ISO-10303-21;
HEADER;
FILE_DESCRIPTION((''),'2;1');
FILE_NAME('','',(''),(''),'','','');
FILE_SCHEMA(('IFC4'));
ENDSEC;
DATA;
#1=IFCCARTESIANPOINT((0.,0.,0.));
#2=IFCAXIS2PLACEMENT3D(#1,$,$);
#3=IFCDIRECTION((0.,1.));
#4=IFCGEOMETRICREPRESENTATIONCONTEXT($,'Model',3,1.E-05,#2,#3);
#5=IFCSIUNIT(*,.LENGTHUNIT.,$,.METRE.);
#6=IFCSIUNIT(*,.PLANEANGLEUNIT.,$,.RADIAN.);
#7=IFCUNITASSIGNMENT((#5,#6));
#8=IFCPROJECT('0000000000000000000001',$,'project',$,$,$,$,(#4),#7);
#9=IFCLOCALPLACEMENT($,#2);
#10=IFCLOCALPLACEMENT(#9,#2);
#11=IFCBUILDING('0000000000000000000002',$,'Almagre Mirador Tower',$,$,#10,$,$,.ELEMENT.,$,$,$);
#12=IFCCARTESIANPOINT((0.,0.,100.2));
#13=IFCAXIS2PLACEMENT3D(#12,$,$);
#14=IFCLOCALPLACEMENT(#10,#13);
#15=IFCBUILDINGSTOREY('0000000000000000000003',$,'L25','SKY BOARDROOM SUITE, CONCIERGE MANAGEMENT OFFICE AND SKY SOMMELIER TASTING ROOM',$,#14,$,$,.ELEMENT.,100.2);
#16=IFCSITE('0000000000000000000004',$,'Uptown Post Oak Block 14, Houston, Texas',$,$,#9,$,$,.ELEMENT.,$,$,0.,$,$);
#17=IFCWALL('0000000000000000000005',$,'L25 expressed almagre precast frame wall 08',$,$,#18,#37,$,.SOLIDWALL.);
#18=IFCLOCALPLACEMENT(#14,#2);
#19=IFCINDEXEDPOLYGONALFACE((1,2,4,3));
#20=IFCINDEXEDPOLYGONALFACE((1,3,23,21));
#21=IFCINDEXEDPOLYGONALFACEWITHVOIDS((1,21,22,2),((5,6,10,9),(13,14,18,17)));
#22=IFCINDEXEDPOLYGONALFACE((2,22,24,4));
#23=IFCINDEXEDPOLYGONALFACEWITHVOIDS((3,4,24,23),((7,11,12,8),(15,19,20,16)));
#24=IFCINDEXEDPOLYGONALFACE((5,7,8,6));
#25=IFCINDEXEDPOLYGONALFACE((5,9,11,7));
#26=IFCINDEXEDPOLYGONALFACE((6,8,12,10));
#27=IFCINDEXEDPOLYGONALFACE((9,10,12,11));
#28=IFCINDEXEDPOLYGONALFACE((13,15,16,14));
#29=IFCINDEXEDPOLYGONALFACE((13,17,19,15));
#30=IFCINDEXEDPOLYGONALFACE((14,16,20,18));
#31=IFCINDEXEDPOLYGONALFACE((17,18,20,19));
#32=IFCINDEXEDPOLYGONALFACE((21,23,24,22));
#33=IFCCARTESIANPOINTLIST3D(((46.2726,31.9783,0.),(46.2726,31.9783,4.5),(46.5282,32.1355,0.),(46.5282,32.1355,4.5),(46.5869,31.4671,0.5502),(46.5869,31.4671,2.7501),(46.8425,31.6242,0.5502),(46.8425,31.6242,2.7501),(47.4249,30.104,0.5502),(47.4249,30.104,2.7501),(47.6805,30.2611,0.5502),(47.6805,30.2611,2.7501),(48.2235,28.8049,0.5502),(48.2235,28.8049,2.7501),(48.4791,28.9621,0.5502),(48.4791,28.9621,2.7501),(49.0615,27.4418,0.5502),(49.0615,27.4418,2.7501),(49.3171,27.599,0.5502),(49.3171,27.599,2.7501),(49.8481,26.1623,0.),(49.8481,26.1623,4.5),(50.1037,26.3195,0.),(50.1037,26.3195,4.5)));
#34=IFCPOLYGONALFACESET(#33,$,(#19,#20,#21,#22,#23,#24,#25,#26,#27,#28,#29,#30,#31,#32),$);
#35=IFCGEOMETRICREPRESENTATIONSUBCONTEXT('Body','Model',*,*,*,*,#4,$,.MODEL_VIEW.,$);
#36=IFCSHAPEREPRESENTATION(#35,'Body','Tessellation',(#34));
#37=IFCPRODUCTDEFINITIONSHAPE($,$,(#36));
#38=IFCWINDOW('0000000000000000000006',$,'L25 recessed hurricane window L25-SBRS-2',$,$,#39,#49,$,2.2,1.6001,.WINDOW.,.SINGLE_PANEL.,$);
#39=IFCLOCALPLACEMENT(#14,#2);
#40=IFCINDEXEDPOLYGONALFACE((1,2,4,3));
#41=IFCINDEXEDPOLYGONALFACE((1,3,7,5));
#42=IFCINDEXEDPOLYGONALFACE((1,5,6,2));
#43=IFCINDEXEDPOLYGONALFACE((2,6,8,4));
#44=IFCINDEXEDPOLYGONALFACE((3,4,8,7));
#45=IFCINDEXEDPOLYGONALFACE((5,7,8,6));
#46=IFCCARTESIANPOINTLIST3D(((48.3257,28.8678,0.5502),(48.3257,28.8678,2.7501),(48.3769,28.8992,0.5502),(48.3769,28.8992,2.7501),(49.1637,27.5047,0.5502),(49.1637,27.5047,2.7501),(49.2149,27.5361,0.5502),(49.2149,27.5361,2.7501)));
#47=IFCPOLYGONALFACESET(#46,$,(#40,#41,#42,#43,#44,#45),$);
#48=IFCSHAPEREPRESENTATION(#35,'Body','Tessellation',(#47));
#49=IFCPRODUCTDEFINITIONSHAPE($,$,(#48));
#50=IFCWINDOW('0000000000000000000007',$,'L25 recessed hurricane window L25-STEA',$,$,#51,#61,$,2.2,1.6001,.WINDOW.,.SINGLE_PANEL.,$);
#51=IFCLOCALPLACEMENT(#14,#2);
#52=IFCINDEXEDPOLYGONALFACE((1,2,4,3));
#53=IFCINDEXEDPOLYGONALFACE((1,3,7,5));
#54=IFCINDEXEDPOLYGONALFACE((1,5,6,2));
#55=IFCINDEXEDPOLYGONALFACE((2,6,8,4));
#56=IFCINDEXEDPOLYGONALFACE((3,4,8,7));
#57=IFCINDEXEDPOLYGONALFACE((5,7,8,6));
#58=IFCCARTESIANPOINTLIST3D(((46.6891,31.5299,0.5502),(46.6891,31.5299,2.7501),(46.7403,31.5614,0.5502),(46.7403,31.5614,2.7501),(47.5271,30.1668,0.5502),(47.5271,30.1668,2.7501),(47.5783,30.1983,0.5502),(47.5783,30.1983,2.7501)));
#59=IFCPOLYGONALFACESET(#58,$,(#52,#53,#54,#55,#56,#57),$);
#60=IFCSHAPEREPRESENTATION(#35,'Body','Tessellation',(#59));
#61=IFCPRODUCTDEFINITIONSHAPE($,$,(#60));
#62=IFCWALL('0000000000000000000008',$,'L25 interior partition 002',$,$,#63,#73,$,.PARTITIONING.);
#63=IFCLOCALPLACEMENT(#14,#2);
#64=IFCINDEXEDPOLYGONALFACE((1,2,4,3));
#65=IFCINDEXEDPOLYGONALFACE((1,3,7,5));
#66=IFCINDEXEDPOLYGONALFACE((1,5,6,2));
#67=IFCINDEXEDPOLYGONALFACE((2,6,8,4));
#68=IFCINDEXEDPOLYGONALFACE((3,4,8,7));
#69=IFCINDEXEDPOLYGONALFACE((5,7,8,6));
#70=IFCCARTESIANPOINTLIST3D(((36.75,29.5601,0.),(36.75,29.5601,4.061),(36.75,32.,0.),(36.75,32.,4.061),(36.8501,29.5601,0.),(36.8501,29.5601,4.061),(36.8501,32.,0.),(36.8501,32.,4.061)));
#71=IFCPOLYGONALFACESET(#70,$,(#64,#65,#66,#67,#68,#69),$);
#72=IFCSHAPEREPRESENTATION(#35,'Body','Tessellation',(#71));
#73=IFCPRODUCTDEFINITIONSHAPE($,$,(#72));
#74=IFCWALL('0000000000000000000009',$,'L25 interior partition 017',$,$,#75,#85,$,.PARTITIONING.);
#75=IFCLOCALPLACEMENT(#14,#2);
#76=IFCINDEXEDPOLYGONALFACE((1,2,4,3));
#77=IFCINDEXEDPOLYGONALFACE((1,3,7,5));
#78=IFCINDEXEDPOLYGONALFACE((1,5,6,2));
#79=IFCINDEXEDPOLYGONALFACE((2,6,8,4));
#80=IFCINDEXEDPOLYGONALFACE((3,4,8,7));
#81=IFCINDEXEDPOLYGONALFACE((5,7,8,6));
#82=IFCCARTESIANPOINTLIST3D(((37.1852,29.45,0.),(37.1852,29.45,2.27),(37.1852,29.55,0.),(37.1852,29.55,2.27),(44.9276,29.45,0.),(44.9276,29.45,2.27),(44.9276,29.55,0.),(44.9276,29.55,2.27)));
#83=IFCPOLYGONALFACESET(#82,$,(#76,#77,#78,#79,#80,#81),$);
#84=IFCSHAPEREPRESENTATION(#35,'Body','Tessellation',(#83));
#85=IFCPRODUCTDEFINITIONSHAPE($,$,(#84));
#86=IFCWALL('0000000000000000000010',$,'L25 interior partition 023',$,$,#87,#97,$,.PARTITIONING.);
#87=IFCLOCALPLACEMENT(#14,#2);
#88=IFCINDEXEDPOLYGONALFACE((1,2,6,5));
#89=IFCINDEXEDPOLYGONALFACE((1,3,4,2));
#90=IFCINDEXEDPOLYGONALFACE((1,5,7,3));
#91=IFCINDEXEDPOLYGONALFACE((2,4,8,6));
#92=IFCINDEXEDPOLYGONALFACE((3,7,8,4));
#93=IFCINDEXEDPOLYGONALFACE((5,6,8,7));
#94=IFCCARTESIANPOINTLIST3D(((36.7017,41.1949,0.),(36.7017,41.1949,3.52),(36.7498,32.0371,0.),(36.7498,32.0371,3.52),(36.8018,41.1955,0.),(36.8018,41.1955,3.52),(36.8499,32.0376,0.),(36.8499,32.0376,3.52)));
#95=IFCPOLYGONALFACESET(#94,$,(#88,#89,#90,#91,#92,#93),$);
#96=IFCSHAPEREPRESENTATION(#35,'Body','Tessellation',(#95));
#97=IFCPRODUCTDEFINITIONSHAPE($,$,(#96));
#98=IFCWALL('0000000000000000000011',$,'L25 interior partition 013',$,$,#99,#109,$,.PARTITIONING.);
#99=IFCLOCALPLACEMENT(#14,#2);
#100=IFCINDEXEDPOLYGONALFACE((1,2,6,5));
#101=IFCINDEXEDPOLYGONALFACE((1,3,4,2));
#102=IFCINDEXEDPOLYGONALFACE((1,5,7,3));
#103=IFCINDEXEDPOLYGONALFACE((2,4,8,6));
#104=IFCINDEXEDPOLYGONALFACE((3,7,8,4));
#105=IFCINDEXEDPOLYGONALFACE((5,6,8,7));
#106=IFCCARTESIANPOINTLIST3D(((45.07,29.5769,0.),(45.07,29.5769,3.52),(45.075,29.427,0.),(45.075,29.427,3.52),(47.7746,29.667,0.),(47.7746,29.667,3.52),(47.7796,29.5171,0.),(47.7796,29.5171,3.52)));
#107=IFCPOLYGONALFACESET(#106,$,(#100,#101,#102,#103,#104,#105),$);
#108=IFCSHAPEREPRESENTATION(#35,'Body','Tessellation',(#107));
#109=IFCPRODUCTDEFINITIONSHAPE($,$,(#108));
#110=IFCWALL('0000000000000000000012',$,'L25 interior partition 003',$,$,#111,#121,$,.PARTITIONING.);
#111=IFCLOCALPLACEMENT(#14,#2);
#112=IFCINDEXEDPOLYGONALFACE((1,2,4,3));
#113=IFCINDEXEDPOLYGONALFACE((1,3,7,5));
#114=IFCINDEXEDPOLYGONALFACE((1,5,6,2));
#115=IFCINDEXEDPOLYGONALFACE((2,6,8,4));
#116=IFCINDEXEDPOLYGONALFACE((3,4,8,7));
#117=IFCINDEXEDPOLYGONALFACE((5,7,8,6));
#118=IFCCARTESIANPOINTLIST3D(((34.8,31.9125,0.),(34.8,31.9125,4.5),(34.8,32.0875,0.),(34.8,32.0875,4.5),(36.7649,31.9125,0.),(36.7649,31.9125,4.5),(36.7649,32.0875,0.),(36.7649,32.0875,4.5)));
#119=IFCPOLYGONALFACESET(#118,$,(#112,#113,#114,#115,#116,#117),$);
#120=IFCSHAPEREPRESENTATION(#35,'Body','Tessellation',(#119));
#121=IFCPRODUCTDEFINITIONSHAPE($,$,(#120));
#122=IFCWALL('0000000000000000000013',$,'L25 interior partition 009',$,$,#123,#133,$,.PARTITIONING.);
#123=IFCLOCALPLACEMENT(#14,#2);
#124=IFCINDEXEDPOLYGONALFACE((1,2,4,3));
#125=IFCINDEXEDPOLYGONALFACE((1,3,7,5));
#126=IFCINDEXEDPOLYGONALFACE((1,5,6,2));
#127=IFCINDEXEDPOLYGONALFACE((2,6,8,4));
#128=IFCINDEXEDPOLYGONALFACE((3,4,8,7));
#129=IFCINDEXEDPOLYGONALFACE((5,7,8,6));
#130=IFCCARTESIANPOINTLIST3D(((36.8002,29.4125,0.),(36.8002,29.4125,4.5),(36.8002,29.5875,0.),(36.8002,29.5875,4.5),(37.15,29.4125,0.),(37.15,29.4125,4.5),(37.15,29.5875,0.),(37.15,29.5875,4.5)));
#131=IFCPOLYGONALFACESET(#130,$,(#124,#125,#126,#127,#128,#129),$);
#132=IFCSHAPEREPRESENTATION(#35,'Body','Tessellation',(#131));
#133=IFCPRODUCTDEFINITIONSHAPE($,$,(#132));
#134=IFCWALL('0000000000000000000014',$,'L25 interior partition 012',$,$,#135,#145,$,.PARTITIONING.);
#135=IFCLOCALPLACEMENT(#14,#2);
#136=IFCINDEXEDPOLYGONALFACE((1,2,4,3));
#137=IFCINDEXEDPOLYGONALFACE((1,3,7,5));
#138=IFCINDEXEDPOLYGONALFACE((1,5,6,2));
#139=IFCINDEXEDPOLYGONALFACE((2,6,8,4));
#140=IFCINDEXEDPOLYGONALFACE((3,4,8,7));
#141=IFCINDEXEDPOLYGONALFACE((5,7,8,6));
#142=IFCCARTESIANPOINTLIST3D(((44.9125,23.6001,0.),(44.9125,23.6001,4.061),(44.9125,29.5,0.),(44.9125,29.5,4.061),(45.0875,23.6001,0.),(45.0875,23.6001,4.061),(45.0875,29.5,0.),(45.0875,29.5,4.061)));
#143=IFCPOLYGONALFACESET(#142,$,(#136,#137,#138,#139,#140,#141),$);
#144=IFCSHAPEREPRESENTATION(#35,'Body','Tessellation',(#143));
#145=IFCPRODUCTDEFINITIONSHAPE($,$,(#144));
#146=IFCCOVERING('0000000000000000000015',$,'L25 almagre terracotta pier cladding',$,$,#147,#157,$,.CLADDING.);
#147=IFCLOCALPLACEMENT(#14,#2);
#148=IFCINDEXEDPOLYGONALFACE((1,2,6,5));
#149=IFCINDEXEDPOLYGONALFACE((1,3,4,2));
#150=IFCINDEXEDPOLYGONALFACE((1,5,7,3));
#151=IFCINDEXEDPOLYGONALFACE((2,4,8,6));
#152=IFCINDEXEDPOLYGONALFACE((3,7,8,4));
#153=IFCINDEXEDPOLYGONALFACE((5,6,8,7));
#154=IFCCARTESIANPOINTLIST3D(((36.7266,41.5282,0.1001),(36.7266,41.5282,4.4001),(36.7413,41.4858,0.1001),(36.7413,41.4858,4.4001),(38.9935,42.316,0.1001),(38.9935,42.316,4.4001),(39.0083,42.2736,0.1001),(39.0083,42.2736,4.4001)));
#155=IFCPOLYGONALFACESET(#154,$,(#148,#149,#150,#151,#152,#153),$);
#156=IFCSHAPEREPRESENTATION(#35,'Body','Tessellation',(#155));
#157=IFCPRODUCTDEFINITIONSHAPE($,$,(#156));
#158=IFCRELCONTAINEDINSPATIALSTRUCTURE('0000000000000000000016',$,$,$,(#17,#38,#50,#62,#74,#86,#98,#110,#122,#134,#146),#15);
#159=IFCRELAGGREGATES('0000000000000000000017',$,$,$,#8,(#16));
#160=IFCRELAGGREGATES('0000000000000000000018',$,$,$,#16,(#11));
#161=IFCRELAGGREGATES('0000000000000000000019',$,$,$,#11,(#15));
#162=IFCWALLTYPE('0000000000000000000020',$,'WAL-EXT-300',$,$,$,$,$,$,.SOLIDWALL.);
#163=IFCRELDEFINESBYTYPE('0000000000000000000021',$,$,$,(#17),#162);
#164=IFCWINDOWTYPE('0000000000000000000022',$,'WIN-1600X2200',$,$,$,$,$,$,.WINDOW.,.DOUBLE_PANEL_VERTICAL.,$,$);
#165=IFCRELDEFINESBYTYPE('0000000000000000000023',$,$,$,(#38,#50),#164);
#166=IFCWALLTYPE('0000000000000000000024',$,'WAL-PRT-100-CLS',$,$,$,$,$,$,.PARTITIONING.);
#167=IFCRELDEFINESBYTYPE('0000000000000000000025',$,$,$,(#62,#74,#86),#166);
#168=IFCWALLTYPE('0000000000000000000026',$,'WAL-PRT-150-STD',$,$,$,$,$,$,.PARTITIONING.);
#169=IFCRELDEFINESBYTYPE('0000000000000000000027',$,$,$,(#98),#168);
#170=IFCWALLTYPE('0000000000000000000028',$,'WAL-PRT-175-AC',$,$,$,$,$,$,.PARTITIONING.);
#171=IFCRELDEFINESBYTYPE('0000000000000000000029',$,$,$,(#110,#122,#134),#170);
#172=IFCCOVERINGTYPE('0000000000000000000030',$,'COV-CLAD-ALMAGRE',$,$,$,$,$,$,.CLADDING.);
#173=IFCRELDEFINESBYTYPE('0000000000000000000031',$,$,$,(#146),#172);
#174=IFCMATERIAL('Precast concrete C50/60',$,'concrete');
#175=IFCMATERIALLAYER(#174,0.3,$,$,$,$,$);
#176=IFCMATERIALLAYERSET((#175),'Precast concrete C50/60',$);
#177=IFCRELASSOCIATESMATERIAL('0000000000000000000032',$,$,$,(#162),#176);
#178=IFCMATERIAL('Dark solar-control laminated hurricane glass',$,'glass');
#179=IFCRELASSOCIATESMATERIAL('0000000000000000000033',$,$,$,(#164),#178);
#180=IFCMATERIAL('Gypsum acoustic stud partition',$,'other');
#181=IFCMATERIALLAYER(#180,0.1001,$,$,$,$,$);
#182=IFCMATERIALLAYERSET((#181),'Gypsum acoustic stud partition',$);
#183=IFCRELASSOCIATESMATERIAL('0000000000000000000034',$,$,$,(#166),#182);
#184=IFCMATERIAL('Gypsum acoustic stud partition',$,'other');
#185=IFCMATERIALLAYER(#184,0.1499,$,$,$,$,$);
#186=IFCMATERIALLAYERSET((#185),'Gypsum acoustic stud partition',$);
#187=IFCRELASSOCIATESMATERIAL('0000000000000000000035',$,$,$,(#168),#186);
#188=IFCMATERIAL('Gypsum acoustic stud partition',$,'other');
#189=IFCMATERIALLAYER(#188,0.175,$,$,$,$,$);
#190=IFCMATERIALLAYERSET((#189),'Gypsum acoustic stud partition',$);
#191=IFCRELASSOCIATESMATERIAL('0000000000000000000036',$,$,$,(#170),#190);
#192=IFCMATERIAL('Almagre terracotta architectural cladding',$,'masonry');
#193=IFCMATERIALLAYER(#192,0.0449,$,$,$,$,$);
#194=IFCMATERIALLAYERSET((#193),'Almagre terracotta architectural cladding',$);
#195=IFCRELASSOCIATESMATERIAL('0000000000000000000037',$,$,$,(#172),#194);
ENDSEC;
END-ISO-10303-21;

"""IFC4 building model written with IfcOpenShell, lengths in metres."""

from ifc_helpers import new_model, si_unit, direction, frame, frame_2d, origin, origin_2d, place, context, subcontext, project, spatial, rectangle, extrude, material, layer, layer_set, type_object, element, fill, save


model = new_model("IFC4")

# Units and contexts
model_context = context("Model", 3, precision=1e-05, world=origin(), true_north=direction((0.0, 1.0)))
body_context = subcontext(model_context, "Body", "Model", "MODEL_VIEW")
ifc_project = project(units=[si_unit("LENGTHUNIT", "METRE"), si_unit("PLANEANGLEUNIT", "RADIAN")], contexts=[model_context])

# Site, building, storey
site_placement = place(None, origin())
site = spatial("IfcSite", under=ifc_project, at=site_placement, Name="Uptown Post Oak Block 14, Houston, Texas", CompositionType="ELEMENT", RefElevation=0.0)
building_placement = place(site_placement, origin())
building = spatial("IfcBuilding", under=site, at=building_placement, Name="Almagre Mirador Tower", CompositionType="ELEMENT")
storey_placement = place(building_placement, frame((0.0, 0.0, 100.2)))
storey = spatial("IfcBuildingStorey", under=building, at=storey_placement, Name="L25", Description="SKY BOARDROOM SUITE, CONCIERGE MANAGEMENT OFFICE AND SKY SOMMELIER TASTING ROOM", CompositionType="ELEMENT", Elevation=100.2)

# Shared definitions
ifc_material_1 = material(Name="Precast concrete C50/60", Category="concrete")
ifc_layer_1 = layer(ifc_material_1, 0.3)
ifc_layer_set_1 = layer_set([ifc_layer_1], Name="Precast concrete C50/60")
wall_type_1 = type_object("IfcWallType", Name="WAL-EXT-300", PredefinedType="SOLIDWALL", material=ifc_layer_set_1)

# Wall, openings, windows
wall_1_placement = place(storey_placement, frame((46.4004, 32.0569, 0.0), z_axis=(0.0, 0.0, 1.0), x_axis=(0.523716, -0.851893, 0.0)))
wall_1 = element("IfcWall", 1, at=wall_1_placement, inside=storey, type_object=wall_type_1, Name="L25 expressed almagre precast frame wall 08", PredefinedType="SOLIDWALL", context=body_context, shape_type="SweptSolid", body=[
    extrude(rectangle(XDim=6.8271, YDim=0.3, at=frame_2d((3.4136, 0.0))), origin(), (0.0, 0.0, 1.0), 4.5),
])
opening_1_placement = place(wall_1_placement, frame((3.7251, 0.0, 0.55)))
opening_1 = element("IfcOpeningElement", 2, at=opening_1_placement, cuts=wall_1, PredefinedType="OPENING", context=body_context, shape_type="SweptSolid", body=[
    extrude(rectangle(XDim=1.6001, YDim=2.2, at=frame_2d((0.8, 1.1001))), frame((0.0, 0.1599, 0.0), z_axis=(0.0, -1.0, 0.0), x_axis=(1.0, 0.0, 0.0)), (0.0, 0.0, 1.0), 0.32),
])
opening_2_placement = place(wall_1_placement, frame((0.6001, 0.0, 0.55)))
opening_2 = element("IfcOpeningElement", 3, at=opening_2_placement, cuts=wall_1, PredefinedType="OPENING", context=body_context, shape_type="SweptSolid", body=[
    extrude(rectangle(XDim=1.6001, YDim=2.2, at=frame_2d((0.8, 1.1001))), frame((0.0, 0.1599, 0.0), z_axis=(0.0, -1.0, 0.0), x_axis=(1.0, 0.0, 0.0)), (0.0, 0.0, 1.0), 0.32),
])
ifc_material_2 = material(Name="Dark solar-control laminated hurricane glass", Category="glass")
window_type = type_object("IfcWindowType", Name="WIN-1600X2200", PartitioningType="DOUBLE_PANEL_VERTICAL", PredefinedType="WINDOW", material=ifc_material_2)
window_1_placement = place(opening_1_placement, origin())
window_1 = element("IfcWindow", 4, at=window_1_placement, inside=storey, type_object=window_type, Name="L25 recessed hurricane window L25-SBRS-2", OverallHeight=2.2, OverallWidth=1.6001, PartitioningType="SINGLE_PANEL", PredefinedType="WINDOW", context=body_context, shape_type="SweptSolid", body=[
    extrude(rectangle(XDim=1.6001, YDim=2.2, at=frame_2d((0.8, 1.1001))), frame((0.0, 0.03, 0.0), z_axis=(0.0, -1.0, 0.0), x_axis=(1.0, 0.0, 0.0)), (0.0, 0.0, 1.0), 0.0601),
])
fill(opening_1, window_1)
window_2_placement = place(opening_2_placement, origin())
window_2 = element("IfcWindow", 5, at=window_2_placement, inside=storey, type_object=window_type, Name="L25 recessed hurricane window L25-STEA", OverallHeight=2.2, OverallWidth=1.6001, PartitioningType="SINGLE_PANEL", PredefinedType="WINDOW", context=body_context, shape_type="SweptSolid", body=[
    extrude(rectangle(XDim=1.6001, YDim=2.2, at=frame_2d((0.8, 1.1001))), frame((0.0, 0.03, 0.0), z_axis=(0.0, -1.0, 0.0), x_axis=(1.0, 0.0, 0.0)), (0.0, 0.0, 1.0), 0.0601),
])
fill(opening_2, window_2)

# Walls
ifc_material_3 = material(Name="Gypsum acoustic stud partition", Category="other")
ifc_layer_2 = layer(ifc_material_3, 0.1001)
ifc_layer_set_2 = layer_set([ifc_layer_2], Name="Gypsum acoustic stud partition")
wall_type_2 = type_object("IfcWallType", Name="WAL-PRT-100-CLS", PredefinedType="PARTITIONING", material=ifc_layer_set_2)
wall_2_placement = place(storey_placement, frame((36.8, 29.5601, 0.0), z_axis=(0.0, 0.0, 1.0), x_axis=(0.0, 1.0, 0.0)))
element("IfcWall", 6, at=wall_2_placement, inside=storey, type_object=wall_type_2, Name="L25 interior partition 002", PredefinedType="PARTITIONING", context=body_context, shape_type="SweptSolid", body=[
    extrude(rectangle(XDim=2.4399, YDim=0.1001, at=frame_2d((1.22, 0.0))), origin(), (0.0, 0.0, 1.0), 4.061),
])
wall_3_placement = place(storey_placement, frame((44.9275, 29.5, 0.0), z_axis=(0.0, 0.0, 1.0), x_axis=(-1.0, 0.0, 0.0)))
element("IfcWall", 7, at=wall_3_placement, inside=storey, type_object=wall_type_2, Name="L25 interior partition 017", PredefinedType="PARTITIONING", context=body_context, shape_type="SweptSolid", body=[
    extrude(rectangle(XDim=7.7424, YDim=0.1001, at=frame_2d((3.8711, 0.0))), origin(), (0.0, 0.0, 1.0), 2.27),
])
wall_4_placement = place(storey_placement, frame((36.7517, 41.1953, 0.0), z_axis=(0.0, 0.0, 1.0), x_axis=(0.005252, -0.999986, 0.0)))
element("IfcWall", 8, at=wall_4_placement, inside=storey, type_object=wall_type_2, Name="L25 interior partition 023", PredefinedType="PARTITIONING", context=body_context, shape_type="SweptSolid", body=[
    extrude(rectangle(XDim=9.158, YDim=0.1001, at=frame_2d((4.5791, 0.0))), origin(), (0.0, 0.0, 1.0), 3.52),
])
ifc_material_4 = material(Name="Gypsum acoustic stud partition", Category="other")
ifc_layer_3 = layer(ifc_material_4, 0.1499)
ifc_layer_set_3 = layer_set([ifc_layer_3], Name="Gypsum acoustic stud partition")
wall_type_3 = type_object("IfcWallType", Name="WAL-PRT-150-STD", PredefinedType="PARTITIONING", material=ifc_layer_set_3)
wall_5_placement = place(storey_placement, frame((47.7771, 29.592, 0.0), z_axis=(0.0, 0.0, 1.0), x_axis=(-0.999446, -0.033291, 0.0)))
element("IfcWall", 9, at=wall_5_placement, inside=storey, type_object=wall_type_3, Name="L25 interior partition 013", PredefinedType="PARTITIONING", context=body_context, shape_type="SweptSolid", body=[
    extrude(rectangle(XDim=2.7061, YDim=0.1499, at=frame_2d((1.353, 0.0))), origin(), (0.0, 0.0, 1.0), 3.52),
])
ifc_material_5 = material(Name="Gypsum acoustic stud partition", Category="other")
ifc_layer_4 = layer(ifc_material_5, 0.175)
ifc_layer_set_4 = layer_set([ifc_layer_4], Name="Gypsum acoustic stud partition")
wall_type_4 = type_object("IfcWallType", Name="WAL-PRT-175-AC", PredefinedType="PARTITIONING", material=ifc_layer_set_4)
wall_6_placement = place(storey_placement, frame((36.7649, 32.0, 0.0), z_axis=(0.0, 0.0, 1.0), x_axis=(-1.0, 0.0, 0.0)))
element("IfcWall", 10, at=wall_6_placement, inside=storey, type_object=wall_type_4, Name="L25 interior partition 003", PredefinedType="PARTITIONING", context=body_context, shape_type="SweptSolid", body=[
    extrude(rectangle(XDim=1.9648, YDim=0.175, at=frame_2d((0.9824, 0.0))), origin(), (0.0, 0.0, 1.0), 4.5),
])
wall_7_placement = place(storey_placement, frame((37.1499, 29.5, 0.0), z_axis=(0.0, 0.0, 1.0), x_axis=(-1.0, 0.0, 0.0)))
element("IfcWall", 11, at=wall_7_placement, inside=storey, type_object=wall_type_4, Name="L25 interior partition 009", PredefinedType="PARTITIONING", context=body_context, shape_type="SweptSolid", body=[
    extrude(rectangle(XDim=0.3499, YDim=0.175, at=frame_2d((0.1748, 0.0))), origin(), (0.0, 0.0, 1.0), 4.5),
])
wall_8_placement = place(storey_placement, frame((45.0, 29.5, 0.0), z_axis=(0.0, 0.0, 1.0), x_axis=(0.0, -1.0, 0.0)))
element("IfcWall", 12, at=wall_8_placement, inside=storey, type_object=wall_type_4, Name="L25 interior partition 012", PredefinedType="PARTITIONING", context=body_context, shape_type="SweptSolid", body=[
    extrude(rectangle(XDim=5.8999, YDim=0.175, at=frame_2d((2.95, 0.0))), origin(), (0.0, 0.0, 1.0), 4.061),
])

# Covering
ifc_material_6 = material(Name="Almagre terracotta architectural cladding", Category="masonry")
ifc_layer_5 = layer(ifc_material_6, 0.0449)
ifc_layer_set_5 = layer_set([ifc_layer_5], Name="Almagre terracotta architectural cladding")
covering_type = type_object("IfcCoveringType", Name="COV-CLAD-ALMAGRE", PredefinedType="CLADDING", material=ifc_layer_set_5)
covering_placement = place(storey_placement, frame((37.8674, 41.9009, 0.1001), z_axis=(0.0, 0.0, 1.0), x_axis=(0.944589, 0.328257, 0.0)))
element("IfcCovering", 13, at=covering_placement, inside=storey, type_object=covering_type, Name="L25 almagre terracotta pier cladding", PredefinedType="CLADDING", context=body_context, shape_type="SweptSolid", body=[
    extrude(rectangle(XDim=2.3999, YDim=0.0449, at=origin_2d()), origin(), (0.0, 0.0, 1.0), 4.3),
])

save(model, "model.ifc")
